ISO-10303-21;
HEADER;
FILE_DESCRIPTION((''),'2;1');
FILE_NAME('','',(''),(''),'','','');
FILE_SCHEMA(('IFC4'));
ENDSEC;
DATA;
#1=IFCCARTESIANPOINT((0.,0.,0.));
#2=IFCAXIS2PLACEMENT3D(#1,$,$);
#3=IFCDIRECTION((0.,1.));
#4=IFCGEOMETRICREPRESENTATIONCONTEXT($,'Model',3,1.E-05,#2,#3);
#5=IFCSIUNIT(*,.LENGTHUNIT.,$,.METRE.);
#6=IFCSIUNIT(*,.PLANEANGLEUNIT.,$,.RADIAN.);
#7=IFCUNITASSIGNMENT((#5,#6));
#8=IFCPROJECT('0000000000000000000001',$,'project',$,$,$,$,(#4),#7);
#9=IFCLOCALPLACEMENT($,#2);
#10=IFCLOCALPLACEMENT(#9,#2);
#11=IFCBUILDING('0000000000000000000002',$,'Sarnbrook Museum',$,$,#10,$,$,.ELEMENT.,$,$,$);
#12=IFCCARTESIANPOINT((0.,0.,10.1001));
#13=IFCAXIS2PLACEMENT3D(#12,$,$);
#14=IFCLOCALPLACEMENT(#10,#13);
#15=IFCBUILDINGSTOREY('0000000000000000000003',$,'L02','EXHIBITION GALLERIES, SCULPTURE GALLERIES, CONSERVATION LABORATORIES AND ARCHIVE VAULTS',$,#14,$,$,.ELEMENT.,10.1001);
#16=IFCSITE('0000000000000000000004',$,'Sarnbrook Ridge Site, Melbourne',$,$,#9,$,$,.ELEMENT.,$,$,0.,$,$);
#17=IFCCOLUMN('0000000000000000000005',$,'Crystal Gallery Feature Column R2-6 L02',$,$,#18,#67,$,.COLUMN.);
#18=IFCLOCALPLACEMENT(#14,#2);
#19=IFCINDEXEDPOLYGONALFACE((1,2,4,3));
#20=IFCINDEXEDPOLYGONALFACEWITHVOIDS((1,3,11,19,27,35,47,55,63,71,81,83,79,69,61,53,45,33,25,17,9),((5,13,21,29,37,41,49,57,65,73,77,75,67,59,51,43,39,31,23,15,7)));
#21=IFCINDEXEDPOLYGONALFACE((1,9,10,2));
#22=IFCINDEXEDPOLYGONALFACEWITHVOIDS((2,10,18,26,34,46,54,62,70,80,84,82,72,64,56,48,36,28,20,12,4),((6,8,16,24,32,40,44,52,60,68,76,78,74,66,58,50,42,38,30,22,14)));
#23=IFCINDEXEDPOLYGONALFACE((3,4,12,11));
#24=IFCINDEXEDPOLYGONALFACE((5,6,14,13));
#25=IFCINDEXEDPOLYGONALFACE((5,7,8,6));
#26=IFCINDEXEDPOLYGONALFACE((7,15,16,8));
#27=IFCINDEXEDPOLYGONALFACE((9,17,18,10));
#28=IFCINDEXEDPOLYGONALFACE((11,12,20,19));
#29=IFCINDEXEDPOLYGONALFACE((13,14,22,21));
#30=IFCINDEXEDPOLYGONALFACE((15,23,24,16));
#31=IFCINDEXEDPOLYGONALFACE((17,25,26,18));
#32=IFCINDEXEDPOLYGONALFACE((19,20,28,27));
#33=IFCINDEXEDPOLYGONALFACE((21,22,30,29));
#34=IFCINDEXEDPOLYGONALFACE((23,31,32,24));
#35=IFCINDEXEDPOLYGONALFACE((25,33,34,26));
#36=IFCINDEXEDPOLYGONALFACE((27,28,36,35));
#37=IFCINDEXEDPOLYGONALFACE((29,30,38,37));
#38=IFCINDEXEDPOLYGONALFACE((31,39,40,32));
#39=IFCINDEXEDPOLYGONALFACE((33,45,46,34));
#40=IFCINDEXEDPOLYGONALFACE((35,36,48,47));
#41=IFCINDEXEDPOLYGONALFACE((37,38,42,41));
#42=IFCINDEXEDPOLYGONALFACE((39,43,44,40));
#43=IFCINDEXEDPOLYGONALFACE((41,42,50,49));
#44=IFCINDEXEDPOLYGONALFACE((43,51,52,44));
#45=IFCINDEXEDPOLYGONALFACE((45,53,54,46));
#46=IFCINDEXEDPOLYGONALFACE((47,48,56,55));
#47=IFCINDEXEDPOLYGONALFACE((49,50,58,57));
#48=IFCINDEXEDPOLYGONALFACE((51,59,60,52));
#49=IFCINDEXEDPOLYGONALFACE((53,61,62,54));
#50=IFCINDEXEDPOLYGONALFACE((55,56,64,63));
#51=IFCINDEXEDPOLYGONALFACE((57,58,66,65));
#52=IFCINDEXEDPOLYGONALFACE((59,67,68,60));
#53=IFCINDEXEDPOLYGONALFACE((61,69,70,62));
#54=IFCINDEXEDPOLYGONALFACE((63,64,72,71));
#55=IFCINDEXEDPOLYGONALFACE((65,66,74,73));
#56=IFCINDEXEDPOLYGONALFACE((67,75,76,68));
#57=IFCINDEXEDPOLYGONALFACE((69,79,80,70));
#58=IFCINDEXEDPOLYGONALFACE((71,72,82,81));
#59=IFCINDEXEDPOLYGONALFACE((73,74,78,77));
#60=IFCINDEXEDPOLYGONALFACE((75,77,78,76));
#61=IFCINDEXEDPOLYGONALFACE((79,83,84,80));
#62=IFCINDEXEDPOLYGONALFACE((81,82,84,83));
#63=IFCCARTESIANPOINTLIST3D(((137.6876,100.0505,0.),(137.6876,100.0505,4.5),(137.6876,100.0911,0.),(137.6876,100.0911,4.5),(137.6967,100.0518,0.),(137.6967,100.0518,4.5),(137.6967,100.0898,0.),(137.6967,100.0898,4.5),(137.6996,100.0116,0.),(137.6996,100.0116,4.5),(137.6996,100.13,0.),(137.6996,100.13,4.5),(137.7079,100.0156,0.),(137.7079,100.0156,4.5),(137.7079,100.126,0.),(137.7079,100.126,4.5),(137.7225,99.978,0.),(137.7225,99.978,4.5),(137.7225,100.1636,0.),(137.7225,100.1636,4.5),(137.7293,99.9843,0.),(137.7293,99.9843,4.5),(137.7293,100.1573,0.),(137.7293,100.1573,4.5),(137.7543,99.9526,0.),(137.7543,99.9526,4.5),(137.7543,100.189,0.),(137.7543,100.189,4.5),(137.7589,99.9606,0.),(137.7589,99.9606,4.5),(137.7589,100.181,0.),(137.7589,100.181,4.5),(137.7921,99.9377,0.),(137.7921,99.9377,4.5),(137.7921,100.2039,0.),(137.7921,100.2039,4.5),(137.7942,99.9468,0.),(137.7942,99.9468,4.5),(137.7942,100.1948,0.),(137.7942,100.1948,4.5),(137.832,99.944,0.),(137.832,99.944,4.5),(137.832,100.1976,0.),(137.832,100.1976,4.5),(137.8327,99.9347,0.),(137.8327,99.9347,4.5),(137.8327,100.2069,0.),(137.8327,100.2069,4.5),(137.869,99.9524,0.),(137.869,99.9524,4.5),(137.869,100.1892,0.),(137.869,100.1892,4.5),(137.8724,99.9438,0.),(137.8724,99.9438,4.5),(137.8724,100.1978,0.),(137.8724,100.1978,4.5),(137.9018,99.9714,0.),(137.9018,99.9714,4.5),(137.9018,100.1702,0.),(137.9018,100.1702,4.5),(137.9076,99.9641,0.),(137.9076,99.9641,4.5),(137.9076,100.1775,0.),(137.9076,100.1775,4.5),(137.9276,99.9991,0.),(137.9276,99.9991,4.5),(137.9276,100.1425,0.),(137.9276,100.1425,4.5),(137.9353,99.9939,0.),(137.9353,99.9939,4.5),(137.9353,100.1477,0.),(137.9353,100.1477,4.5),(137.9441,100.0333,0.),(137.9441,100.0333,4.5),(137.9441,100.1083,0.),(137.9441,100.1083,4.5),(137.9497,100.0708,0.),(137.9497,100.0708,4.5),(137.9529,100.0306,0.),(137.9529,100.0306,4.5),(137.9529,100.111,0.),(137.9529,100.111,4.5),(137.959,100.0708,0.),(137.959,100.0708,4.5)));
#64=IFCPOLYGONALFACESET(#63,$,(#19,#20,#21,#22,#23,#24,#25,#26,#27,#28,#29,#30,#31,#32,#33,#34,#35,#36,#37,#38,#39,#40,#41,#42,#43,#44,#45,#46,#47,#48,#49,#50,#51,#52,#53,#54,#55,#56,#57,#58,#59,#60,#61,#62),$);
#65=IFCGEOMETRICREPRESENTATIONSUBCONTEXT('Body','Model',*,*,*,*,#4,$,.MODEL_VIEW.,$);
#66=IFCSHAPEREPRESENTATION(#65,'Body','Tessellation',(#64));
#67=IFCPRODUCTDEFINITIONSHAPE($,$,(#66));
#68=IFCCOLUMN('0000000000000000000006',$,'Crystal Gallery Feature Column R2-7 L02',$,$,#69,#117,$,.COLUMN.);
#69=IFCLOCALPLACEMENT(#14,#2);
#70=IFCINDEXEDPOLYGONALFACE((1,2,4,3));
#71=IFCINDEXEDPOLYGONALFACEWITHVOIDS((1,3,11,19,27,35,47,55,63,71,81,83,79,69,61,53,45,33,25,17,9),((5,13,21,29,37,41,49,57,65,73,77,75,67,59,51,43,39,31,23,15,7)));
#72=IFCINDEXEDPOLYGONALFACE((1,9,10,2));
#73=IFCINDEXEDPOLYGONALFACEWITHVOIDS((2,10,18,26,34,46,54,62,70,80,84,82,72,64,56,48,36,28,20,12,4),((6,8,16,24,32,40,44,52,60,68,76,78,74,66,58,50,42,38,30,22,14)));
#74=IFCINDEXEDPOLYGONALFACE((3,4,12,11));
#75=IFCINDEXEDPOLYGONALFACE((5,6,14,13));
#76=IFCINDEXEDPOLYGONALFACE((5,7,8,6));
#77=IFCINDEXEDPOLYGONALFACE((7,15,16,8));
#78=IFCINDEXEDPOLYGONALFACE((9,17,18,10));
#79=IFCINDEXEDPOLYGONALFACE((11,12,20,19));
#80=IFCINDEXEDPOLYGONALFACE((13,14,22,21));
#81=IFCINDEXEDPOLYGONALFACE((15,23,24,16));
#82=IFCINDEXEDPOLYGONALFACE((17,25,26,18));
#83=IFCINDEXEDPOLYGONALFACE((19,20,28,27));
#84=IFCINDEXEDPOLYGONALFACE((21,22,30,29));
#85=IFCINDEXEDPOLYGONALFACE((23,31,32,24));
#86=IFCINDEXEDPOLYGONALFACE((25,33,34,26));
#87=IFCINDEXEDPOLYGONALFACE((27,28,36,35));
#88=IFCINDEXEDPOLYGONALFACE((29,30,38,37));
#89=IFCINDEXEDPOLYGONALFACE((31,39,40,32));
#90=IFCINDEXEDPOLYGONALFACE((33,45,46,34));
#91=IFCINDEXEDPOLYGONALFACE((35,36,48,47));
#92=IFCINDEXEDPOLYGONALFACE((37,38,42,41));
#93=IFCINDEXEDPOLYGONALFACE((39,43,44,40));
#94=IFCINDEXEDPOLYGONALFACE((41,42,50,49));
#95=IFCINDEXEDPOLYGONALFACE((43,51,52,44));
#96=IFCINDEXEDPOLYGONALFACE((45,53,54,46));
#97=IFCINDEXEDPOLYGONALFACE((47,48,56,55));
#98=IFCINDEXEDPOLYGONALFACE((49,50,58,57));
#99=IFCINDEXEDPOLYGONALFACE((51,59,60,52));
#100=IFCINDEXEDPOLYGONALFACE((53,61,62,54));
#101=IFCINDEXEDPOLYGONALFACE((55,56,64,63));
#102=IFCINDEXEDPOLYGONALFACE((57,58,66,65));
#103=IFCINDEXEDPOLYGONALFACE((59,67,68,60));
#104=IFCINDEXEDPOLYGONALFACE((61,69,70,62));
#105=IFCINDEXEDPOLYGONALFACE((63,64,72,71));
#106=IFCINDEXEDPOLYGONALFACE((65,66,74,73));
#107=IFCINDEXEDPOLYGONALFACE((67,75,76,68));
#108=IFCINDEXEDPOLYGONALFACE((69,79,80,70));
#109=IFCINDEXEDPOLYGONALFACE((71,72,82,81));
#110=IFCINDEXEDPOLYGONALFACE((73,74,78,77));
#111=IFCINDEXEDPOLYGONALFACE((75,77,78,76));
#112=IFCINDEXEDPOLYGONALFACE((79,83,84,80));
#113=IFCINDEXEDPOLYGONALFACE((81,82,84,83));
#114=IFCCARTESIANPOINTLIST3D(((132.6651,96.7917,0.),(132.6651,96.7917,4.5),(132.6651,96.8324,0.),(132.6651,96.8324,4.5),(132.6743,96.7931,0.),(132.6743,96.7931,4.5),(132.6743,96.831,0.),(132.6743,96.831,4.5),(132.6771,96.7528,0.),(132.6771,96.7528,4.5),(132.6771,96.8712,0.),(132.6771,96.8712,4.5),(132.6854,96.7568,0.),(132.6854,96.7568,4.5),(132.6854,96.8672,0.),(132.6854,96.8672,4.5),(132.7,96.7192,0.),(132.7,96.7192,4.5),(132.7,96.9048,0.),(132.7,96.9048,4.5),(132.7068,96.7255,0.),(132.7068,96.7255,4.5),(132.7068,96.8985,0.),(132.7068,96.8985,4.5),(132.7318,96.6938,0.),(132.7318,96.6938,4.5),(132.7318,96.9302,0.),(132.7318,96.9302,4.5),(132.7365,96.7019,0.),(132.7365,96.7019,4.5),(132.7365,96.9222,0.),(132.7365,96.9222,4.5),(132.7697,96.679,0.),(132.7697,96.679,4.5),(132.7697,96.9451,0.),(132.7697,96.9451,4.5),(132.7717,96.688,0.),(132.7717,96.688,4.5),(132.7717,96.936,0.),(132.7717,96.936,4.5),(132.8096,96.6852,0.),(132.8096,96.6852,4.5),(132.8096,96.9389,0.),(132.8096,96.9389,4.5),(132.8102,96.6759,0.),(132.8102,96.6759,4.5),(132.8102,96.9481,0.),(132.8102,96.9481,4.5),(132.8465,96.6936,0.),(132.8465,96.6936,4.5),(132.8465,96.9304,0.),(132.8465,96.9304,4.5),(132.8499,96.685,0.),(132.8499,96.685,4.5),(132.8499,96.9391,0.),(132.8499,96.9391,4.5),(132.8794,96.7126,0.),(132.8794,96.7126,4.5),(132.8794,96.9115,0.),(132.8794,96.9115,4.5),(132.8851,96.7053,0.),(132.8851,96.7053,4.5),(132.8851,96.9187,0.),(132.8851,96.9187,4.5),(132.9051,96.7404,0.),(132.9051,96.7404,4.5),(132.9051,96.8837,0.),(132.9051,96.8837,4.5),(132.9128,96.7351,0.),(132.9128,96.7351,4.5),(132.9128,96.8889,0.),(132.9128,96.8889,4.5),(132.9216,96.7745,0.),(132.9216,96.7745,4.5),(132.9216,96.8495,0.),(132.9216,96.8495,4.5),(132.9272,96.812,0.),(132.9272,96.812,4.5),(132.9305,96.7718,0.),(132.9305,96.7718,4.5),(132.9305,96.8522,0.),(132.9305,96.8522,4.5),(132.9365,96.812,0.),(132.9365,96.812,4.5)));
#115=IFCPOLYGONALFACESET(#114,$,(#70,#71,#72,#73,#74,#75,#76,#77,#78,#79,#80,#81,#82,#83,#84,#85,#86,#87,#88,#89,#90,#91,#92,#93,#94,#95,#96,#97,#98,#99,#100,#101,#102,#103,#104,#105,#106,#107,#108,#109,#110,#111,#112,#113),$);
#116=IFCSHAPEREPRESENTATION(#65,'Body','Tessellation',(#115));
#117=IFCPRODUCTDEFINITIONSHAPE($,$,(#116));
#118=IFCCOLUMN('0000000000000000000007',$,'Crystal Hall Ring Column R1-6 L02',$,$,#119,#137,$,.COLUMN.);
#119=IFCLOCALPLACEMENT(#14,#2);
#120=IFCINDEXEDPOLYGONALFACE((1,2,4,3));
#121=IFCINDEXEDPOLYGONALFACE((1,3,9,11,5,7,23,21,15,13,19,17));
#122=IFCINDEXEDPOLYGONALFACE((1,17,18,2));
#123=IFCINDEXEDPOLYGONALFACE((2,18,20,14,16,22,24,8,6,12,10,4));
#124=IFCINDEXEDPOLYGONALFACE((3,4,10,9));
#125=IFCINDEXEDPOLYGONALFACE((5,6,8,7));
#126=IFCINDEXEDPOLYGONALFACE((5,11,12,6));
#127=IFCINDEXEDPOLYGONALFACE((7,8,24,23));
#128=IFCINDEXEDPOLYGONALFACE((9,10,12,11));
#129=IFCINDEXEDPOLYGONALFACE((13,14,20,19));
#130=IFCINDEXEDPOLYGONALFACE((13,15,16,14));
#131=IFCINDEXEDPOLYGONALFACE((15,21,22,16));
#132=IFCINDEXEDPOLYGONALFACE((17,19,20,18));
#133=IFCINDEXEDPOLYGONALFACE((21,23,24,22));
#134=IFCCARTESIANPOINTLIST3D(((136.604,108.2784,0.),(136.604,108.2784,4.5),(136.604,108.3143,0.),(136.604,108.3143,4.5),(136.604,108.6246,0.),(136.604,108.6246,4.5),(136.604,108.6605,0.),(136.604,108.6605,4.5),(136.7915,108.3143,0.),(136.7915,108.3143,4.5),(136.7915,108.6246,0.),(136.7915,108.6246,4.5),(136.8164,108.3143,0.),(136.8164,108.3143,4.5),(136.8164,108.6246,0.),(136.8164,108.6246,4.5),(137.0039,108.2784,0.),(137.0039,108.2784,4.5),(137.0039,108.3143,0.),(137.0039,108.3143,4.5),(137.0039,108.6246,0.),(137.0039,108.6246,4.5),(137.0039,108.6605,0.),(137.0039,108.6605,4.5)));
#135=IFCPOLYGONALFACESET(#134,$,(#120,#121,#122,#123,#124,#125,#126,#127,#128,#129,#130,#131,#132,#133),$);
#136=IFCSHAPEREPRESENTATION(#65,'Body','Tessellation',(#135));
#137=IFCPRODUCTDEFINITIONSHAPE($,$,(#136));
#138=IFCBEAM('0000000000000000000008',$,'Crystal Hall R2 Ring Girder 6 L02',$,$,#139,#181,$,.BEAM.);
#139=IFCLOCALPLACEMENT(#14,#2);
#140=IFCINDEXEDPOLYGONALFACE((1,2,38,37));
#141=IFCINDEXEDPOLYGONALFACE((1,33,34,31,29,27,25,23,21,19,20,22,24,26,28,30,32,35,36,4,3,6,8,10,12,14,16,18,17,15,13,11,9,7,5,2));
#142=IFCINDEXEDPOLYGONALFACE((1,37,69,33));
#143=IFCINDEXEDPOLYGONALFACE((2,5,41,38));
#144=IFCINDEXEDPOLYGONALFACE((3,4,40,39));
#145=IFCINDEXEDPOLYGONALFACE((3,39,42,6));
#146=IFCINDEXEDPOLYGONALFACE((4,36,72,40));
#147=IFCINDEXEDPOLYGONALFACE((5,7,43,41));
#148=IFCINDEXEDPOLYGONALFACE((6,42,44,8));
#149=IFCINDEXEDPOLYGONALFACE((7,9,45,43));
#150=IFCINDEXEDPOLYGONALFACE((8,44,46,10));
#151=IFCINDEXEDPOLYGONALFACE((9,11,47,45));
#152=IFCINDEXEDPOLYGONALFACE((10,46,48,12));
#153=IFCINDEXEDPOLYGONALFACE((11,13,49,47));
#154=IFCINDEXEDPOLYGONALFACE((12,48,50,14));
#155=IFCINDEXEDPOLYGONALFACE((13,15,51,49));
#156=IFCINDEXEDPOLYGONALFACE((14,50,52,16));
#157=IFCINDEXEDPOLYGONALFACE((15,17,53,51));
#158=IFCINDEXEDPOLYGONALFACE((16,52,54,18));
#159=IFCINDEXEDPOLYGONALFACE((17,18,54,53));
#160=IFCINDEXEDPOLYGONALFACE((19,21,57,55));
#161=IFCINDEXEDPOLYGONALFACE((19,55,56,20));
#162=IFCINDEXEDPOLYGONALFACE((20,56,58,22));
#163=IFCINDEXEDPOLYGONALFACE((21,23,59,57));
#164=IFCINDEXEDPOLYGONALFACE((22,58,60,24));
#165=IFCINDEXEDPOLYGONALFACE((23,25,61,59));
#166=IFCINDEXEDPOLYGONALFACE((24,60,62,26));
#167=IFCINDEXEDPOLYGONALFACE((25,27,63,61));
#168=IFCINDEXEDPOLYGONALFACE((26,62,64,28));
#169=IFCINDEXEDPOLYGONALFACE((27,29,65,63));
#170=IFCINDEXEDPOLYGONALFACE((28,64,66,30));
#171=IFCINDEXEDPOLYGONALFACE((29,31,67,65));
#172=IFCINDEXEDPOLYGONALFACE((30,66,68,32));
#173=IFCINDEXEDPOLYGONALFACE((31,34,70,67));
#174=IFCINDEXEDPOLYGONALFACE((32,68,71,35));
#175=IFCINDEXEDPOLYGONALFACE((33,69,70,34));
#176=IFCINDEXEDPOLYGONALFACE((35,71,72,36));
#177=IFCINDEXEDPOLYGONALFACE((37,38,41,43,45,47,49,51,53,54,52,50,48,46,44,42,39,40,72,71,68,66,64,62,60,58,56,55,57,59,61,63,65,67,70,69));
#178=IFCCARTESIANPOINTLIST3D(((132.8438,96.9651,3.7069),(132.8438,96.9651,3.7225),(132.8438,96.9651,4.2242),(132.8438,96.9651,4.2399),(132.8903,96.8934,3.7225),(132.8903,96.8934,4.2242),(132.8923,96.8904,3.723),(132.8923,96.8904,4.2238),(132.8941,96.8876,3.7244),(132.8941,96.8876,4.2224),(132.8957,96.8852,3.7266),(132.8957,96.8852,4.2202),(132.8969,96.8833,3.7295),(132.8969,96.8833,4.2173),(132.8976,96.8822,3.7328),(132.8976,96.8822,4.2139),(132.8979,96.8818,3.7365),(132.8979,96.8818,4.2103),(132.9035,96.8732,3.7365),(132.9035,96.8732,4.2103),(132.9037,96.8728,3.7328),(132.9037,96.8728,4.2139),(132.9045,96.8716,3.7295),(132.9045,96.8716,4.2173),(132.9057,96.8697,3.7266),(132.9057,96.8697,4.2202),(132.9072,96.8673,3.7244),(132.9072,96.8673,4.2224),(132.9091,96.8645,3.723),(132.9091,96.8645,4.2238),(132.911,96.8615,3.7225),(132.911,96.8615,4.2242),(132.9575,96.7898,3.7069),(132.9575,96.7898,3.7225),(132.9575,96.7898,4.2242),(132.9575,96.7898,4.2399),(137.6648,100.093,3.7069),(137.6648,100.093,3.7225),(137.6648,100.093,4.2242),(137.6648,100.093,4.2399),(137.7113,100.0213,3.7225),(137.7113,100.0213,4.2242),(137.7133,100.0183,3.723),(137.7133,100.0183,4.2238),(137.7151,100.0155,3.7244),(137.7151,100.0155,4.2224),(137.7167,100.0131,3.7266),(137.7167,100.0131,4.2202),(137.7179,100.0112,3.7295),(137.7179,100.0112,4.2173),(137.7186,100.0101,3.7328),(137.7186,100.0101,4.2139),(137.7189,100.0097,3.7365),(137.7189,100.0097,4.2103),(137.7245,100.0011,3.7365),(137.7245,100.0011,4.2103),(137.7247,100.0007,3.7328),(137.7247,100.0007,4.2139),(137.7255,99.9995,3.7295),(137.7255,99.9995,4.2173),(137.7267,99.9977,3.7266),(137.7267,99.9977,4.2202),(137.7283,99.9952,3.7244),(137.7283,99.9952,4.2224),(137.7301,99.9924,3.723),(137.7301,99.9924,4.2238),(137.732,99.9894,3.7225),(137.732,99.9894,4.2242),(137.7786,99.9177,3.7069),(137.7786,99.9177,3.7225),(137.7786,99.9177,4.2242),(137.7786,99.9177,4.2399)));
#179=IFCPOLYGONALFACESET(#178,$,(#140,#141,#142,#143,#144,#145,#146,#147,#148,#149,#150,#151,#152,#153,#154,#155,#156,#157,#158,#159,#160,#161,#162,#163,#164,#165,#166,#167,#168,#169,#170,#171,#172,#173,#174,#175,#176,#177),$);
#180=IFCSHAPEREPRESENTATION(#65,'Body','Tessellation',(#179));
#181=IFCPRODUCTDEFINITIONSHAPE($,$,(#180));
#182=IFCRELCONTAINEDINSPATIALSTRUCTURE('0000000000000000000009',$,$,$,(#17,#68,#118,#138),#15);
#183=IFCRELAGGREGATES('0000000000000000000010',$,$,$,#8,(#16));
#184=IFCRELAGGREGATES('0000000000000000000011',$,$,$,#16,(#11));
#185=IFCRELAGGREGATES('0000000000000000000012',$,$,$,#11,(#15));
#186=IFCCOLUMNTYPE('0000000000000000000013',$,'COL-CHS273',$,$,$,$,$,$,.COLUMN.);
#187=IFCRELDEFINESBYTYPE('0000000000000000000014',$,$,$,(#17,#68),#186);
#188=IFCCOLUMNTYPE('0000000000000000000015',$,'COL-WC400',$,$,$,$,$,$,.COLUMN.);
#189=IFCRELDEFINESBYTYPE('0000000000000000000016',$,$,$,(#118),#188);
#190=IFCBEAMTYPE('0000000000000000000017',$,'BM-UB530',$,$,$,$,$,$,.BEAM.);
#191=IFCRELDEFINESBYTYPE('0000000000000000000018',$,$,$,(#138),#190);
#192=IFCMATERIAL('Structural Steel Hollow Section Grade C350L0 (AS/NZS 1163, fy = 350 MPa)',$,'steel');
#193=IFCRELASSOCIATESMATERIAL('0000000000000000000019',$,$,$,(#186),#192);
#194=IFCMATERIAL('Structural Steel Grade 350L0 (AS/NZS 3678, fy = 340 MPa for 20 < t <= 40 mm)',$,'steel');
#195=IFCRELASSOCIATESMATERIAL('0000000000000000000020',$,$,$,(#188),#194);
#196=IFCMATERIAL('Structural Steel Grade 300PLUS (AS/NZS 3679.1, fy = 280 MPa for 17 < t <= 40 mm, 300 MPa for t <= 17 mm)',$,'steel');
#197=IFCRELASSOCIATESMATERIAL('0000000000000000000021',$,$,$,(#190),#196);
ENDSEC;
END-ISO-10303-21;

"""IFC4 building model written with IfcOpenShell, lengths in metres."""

from ifc_helpers import new_model, si_unit, direction, frame, origin, origin_2d, place, context, subcontext, project, spatial, hollow_circle, i_section, extrude, material, material_profile, profile_set, type_object, element, save


model = new_model("IFC4")

# Units and contexts
model_context = context("Model", 3, precision=1e-05, world=origin(), true_north=direction((0.0, 1.0)))
body_context = subcontext(model_context, "Body", "Model", "MODEL_VIEW")
ifc_project = project(units=[si_unit("LENGTHUNIT", "METRE"), si_unit("PLANEANGLEUNIT", "RADIAN")], contexts=[model_context])

# Site, building, storey
site_placement = place(None, origin())
site = spatial("IfcSite", under=ifc_project, at=site_placement, Name="Sarnbrook Ridge Site, Melbourne", CompositionType="ELEMENT", RefElevation=0.0)
building_placement = place(site_placement, origin())
building = spatial("IfcBuilding", under=site, at=building_placement, Name="Sarnbrook Museum", CompositionType="ELEMENT")
storey_placement = place(building_placement, frame((0.0, 0.0, 10.1001)))
storey = spatial("IfcBuildingStorey", under=building, at=storey_placement, Name="L02", Description="EXHIBITION GALLERIES, SCULPTURE GALLERIES, CONSERVATION LABORATORIES AND ARCHIVE VAULTS", CompositionType="ELEMENT", Elevation=10.1001)

# Columns
ifc_material_1 = material(Name="Structural Steel Hollow Section Grade C350L0 (AS/NZS 1163, fy = 350 MPa)", Category="steel")
ifc_material_profile_1 = material_profile(ifc_material_1, hollow_circle(Radius=0.1365, WallThickness=0.0093, at=origin_2d()), Name="273.1x9.3CHS")
ifc_profile_set_1 = profile_set([ifc_material_profile_1], Name="Structural Steel Hollow Section Grade C350L0 (AS/NZS 1163, fy = 350 MPa)")
column_type_1 = type_object("IfcColumnType", Name="COL-CHS273", PredefinedType="COLUMN", material=ifc_profile_set_1)
for number, where, z_axis, x_axis, name in (
    (1, (137.8225, 100.0708, 0.0), (0.0, 0.0, 1.0), (1.0, 0.0, 0.0), "Crystal Gallery Feature Column R2-6 L02"),
    (2, (132.8, 96.812, 0.0), (0.0, 0.0, 1.0), (1.0, 0.0, 0.0), "Crystal Gallery Feature Column R2-7 L02"),
):
    element("IfcColumn", number, at=place(storey_placement, frame(where, z_axis=z_axis, x_axis=x_axis)), inside=storey, type_object=column_type_1, Name=name, PredefinedType="COLUMN", context=body_context, shape_type="SweptSolid", body=[
        extrude(hollow_circle(Radius=0.1365, WallThickness=0.0093, at=origin_2d()), origin(), (0.0, 0.0, 1.0), 4.5),
    ])
ifc_material_2 = material(Name="Structural Steel Grade 350L0 (AS/NZS 3678, fy = 340 MPa for 20 < t <= 40 mm)", Category="steel")
ifc_material_profile_2 = material_profile(ifc_material_2, i_section(OverallWidth=0.3999, OverallDepth=0.3821, WebThickness=0.0249, FlangeThickness=0.0359, at=origin_2d()), Name="400WC270")
ifc_profile_set_2 = profile_set([ifc_material_profile_2], Name="Structural Steel Grade 350L0 (AS/NZS 3678, fy = 340 MPa for 20 < t <= 40 mm)")
column_type_2 = type_object("IfcColumnType", Name="COL-WC400", PredefinedType="COLUMN", material=ifc_profile_set_2)
column_placement = place(storey_placement, frame((136.804, 108.4695, 0.0), z_axis=(0.0, 0.0, 1.0), x_axis=(1.0, 0.0, 0.0)))
element("IfcColumn", 3, at=column_placement, inside=storey, type_object=column_type_2, Name="Crystal Hall Ring Column R1-6 L02", PredefinedType="COLUMN", context=body_context, shape_type="SweptSolid", body=[
    extrude(i_section(OverallWidth=0.3999, OverallDepth=0.3821, WebThickness=0.0249, FlangeThickness=0.0359, at=origin_2d()), origin(), (0.0, 0.0, 1.0), 4.5),
])

# Beam
ifc_material_3 = material(Name="Structural Steel Grade 300PLUS (AS/NZS 3679.1, fy = 280 MPa for 17 < t <= 40 mm, 300 MPa for t <= 17 mm)", Category="steel")
ifc_material_profile_3 = material_profile(ifc_material_3, i_section(OverallWidth=0.209, OverallDepth=0.533, WebThickness=0.0103, FlangeThickness=0.0156, FilletRadius=0.0139, at=origin_2d()), Name="530UB92.4")
ifc_profile_set_3 = profile_set([ifc_material_profile_3], Name="Structural Steel Grade 300PLUS (AS/NZS 3679.1, fy = 280 MPa for 17 < t <= 40 mm, 300 MPa for t <= 17 mm)")
beam_type_1 = type_object("IfcBeamType", Name="BM-UB530", PredefinedType="BEAM", material=ifc_profile_set_3)
beam_1_placement = place(storey_placement, frame((137.7217, 100.0054, 3.9734), z_axis=(-0.8389, -0.544285, 0.0), x_axis=(0.544285, -0.8389, 0.0)))
element("IfcBeam", 4, at=beam_1_placement, inside=storey, type_object=beam_type_1, Name="Crystal Hall R2 Ring Girder 6 L02", PredefinedType="BEAM", context=body_context, shape_type="SweptSolid", body=[
    extrude(i_section(OverallWidth=0.209, OverallDepth=0.533, WebThickness=0.0103, FlangeThickness=0.0156, FilletRadius=0.0139, at=origin_2d()), origin(), (0.0, 0.0, 1.0), 5.7468),
])

save(model, "model.ifc")
